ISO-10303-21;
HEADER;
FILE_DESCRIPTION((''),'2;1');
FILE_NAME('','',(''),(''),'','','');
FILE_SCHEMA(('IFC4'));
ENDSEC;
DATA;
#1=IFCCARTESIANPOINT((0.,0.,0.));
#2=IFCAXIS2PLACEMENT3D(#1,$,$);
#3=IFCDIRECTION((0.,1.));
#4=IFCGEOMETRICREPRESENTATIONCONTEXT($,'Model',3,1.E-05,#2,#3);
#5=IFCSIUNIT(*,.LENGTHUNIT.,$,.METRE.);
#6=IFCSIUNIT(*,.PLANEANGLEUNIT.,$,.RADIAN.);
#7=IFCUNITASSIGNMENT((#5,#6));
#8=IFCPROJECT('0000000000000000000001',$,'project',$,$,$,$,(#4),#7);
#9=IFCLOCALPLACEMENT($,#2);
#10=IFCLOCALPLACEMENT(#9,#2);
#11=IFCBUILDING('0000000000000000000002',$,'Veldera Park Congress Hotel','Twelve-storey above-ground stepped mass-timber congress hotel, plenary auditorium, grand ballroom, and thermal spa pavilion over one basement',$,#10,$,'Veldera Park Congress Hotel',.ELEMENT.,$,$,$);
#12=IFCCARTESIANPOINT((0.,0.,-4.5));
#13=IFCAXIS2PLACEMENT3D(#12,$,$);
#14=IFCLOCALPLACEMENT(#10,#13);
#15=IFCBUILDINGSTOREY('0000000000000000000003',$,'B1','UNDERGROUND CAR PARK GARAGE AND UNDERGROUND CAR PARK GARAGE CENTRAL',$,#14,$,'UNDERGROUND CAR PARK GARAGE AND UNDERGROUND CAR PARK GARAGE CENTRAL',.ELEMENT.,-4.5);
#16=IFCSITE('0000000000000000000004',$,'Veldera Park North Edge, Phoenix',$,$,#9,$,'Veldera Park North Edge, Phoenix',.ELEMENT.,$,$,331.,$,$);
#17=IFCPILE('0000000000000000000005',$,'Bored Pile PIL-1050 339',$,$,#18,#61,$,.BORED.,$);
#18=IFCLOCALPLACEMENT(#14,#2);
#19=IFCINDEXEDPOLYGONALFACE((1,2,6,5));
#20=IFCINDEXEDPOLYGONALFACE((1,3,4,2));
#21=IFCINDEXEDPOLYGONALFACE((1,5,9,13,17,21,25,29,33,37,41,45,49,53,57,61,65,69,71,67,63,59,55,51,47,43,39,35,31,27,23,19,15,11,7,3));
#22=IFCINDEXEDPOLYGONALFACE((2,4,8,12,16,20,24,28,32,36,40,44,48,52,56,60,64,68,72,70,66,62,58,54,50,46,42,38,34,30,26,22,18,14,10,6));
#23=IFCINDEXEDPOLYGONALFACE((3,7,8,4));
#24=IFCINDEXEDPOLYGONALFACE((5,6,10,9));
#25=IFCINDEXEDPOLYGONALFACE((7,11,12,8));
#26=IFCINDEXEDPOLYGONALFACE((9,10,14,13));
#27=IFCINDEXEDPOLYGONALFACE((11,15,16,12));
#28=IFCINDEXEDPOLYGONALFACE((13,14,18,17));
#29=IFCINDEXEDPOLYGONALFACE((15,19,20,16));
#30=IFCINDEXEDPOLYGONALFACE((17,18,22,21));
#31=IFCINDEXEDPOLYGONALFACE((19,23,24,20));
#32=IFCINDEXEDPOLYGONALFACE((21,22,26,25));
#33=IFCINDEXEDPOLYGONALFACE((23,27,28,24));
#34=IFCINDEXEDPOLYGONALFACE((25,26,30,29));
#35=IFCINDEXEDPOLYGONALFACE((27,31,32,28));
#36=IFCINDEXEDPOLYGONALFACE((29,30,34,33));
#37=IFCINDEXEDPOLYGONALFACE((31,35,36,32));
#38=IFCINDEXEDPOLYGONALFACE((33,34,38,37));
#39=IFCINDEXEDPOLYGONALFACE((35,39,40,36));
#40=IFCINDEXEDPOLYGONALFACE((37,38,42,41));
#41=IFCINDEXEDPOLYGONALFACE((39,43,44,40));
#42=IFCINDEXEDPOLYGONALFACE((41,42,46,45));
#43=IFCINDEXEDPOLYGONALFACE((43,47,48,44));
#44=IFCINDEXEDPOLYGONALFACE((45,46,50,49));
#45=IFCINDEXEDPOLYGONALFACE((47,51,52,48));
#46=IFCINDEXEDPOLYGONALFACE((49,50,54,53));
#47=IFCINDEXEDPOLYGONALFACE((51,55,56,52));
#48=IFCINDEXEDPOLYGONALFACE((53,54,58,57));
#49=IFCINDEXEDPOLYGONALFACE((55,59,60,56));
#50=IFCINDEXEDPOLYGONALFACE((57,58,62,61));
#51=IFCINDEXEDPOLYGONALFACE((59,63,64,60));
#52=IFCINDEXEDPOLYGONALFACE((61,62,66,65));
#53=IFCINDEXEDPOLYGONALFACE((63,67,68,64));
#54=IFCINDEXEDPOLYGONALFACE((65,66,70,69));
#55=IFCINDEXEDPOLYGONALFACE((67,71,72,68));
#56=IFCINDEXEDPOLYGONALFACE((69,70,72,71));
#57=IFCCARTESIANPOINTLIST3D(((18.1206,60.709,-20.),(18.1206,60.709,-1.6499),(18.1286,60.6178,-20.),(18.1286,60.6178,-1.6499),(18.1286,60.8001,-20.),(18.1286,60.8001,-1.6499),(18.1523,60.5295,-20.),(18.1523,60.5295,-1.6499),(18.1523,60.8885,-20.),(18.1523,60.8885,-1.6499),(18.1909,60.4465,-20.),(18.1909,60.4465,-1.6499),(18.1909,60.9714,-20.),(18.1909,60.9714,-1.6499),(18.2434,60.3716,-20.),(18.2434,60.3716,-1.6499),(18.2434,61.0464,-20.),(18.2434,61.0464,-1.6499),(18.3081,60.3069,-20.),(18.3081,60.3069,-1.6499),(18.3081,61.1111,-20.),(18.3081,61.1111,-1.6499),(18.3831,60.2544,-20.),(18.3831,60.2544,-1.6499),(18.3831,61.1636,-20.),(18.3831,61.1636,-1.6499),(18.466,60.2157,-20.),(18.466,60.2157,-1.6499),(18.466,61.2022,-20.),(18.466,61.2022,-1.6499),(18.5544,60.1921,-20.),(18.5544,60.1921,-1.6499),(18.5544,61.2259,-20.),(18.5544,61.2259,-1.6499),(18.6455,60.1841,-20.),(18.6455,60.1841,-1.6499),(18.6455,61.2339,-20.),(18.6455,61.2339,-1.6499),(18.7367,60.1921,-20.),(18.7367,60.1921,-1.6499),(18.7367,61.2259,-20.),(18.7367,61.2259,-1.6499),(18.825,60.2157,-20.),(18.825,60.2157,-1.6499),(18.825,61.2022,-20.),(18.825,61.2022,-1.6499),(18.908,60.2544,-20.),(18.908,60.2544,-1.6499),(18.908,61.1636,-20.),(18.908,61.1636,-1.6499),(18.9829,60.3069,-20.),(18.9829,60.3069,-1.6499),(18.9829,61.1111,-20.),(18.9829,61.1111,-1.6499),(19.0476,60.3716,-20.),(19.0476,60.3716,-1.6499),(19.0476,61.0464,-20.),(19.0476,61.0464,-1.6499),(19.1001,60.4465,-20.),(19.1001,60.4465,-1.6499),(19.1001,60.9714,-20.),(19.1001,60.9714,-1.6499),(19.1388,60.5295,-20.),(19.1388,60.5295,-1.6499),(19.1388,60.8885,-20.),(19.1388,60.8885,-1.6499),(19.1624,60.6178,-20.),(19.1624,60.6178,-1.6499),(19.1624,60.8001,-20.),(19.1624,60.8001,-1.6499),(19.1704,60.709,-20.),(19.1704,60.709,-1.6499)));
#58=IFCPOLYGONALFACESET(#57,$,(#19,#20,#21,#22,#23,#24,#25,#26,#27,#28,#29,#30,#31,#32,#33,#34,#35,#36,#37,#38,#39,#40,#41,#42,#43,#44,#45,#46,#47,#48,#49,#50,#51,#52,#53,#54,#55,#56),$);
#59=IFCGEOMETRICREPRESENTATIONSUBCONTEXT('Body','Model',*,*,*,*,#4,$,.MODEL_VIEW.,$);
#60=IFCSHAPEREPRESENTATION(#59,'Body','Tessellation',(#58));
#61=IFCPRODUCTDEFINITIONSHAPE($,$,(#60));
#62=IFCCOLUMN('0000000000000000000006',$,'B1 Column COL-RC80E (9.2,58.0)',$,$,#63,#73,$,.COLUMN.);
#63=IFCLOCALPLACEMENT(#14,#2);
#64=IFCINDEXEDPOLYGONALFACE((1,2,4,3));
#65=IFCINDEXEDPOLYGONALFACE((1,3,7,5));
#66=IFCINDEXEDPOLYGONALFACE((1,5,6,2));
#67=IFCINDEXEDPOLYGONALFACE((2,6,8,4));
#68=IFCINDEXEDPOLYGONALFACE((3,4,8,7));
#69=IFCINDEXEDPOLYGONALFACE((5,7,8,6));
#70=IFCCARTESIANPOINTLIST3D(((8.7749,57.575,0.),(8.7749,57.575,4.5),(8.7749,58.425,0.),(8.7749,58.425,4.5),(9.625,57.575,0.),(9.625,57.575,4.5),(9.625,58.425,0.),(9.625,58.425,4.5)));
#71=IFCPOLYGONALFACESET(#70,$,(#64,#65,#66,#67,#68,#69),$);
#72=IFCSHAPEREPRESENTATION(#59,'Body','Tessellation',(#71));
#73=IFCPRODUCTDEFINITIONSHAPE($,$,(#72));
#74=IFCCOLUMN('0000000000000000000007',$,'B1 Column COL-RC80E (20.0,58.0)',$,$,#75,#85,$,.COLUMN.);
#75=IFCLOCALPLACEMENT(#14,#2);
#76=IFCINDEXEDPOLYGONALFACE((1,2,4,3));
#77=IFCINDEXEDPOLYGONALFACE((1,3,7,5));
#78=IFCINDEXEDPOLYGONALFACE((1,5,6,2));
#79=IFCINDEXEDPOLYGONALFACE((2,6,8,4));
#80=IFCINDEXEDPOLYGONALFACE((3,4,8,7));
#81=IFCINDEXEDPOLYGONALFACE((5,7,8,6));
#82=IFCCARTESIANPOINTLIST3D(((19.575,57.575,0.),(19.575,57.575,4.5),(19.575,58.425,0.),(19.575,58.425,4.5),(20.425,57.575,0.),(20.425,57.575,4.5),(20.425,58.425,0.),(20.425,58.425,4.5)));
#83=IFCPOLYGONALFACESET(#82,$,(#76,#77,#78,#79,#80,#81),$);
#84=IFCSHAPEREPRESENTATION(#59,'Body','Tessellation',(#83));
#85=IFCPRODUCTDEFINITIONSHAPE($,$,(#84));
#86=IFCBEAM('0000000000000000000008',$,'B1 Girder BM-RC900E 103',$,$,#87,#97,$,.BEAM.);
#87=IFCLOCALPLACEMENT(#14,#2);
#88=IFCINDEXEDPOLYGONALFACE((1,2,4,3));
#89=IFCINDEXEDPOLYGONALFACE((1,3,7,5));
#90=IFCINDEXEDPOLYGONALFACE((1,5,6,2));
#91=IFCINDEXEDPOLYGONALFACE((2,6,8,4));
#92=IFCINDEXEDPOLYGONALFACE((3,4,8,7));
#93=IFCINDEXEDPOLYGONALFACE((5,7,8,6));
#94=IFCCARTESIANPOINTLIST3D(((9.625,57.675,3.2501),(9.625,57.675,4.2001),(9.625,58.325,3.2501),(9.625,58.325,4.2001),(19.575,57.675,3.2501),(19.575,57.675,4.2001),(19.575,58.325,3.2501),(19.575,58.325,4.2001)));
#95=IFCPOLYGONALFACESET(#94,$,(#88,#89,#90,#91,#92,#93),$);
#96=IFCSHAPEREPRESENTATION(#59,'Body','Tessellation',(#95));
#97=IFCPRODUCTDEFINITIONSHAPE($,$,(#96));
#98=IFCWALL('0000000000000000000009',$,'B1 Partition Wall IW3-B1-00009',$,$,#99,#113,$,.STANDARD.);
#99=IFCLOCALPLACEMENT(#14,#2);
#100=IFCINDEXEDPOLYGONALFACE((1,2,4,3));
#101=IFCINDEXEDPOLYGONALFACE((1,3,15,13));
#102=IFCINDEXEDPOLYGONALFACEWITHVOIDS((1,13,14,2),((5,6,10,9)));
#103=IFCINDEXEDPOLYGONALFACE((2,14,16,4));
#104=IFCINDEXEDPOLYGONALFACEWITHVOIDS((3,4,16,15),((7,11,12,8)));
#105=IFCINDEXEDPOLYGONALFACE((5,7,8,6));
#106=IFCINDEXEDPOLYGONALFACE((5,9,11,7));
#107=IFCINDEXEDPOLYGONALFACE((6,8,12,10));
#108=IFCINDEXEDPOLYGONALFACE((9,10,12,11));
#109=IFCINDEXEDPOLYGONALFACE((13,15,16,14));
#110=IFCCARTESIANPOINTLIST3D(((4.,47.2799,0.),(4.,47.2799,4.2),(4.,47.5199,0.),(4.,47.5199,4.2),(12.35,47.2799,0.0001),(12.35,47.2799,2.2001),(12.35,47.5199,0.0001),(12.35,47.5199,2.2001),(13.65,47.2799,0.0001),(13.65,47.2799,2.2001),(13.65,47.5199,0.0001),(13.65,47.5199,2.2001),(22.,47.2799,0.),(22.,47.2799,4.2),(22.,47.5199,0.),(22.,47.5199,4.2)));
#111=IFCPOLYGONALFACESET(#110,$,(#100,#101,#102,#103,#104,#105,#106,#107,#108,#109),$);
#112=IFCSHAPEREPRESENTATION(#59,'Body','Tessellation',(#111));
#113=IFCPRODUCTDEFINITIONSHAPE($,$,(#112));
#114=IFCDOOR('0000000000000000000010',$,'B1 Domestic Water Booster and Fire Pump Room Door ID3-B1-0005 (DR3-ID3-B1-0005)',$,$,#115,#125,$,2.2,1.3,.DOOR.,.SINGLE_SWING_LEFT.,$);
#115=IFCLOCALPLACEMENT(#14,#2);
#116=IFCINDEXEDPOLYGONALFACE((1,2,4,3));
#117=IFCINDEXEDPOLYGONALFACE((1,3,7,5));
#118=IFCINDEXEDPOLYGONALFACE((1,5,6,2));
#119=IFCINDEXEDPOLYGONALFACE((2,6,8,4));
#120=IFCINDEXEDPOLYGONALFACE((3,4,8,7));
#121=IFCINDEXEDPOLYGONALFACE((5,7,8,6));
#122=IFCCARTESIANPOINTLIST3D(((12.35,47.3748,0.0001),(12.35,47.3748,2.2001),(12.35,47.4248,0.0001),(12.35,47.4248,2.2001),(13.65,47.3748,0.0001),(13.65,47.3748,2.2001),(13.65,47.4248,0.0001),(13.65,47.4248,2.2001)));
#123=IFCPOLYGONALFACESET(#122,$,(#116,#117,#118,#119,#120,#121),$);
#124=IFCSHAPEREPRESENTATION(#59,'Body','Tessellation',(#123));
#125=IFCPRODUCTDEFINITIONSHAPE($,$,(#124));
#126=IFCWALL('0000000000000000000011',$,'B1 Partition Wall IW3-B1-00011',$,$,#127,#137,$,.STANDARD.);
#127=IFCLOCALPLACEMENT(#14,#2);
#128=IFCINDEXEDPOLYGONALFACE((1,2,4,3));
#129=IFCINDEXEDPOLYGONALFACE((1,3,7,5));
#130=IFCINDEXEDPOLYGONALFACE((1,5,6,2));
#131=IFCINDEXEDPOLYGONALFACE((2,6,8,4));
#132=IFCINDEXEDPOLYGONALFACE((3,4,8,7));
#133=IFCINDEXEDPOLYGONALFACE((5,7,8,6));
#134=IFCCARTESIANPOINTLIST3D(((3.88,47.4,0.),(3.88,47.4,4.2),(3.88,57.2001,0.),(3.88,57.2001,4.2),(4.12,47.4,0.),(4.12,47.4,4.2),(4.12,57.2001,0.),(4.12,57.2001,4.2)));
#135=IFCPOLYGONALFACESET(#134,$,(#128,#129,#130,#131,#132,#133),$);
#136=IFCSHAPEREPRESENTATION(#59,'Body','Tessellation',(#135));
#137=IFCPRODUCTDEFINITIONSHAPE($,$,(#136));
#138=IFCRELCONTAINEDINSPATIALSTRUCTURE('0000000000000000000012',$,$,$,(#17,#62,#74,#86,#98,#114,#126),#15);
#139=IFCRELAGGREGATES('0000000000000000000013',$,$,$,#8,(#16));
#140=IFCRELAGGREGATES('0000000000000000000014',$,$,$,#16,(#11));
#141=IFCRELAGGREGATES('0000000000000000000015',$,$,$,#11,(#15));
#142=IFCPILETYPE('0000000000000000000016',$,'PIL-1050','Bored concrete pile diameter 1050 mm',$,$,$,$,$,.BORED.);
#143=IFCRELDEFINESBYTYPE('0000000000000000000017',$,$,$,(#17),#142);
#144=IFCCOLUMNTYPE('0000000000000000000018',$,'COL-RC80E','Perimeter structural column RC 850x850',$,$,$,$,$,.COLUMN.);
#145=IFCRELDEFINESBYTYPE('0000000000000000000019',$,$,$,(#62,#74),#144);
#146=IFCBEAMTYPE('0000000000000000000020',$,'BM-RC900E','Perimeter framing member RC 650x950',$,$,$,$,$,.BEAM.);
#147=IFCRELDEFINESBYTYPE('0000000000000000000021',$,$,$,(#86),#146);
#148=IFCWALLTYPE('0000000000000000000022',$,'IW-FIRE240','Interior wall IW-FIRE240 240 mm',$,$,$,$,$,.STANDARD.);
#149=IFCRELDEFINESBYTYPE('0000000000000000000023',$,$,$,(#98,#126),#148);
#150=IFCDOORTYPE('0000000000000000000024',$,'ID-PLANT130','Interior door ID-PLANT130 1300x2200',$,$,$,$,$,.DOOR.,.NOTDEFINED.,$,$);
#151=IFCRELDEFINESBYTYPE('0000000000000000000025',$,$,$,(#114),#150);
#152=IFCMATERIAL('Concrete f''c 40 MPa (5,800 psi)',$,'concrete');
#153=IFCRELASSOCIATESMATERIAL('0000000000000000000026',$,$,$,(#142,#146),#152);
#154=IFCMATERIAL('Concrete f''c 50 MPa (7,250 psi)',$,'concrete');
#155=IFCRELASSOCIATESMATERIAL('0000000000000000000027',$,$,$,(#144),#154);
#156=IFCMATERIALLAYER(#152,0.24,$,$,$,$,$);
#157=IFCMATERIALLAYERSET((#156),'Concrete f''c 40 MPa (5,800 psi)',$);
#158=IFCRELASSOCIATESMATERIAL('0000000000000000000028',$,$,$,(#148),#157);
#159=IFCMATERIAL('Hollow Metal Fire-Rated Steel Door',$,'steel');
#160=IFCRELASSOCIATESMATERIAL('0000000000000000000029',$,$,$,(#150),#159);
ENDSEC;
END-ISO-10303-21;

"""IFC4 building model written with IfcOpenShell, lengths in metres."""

from ifc_helpers import new_model, si_unit, direction, frame, frame_2d, origin, origin_2d, place, context, subcontext, project, spatial, rectangle, circle, extrude, material, layer, layer_set, material_profile, profile_set, type_object, element, fill, save


model = new_model("IFC4")

# Units and contexts
model_context = context("Model", 3, precision=1e-05, world=origin(), true_north=direction((0.0, 1.0)))
body_context = subcontext(model_context, "Body", "Model", "MODEL_VIEW")
ifc_project = project(units=[si_unit("LENGTHUNIT", "METRE"), si_unit("PLANEANGLEUNIT", "RADIAN")], contexts=[model_context])

# Site, building, storey
site_placement = place(None, origin())
site = spatial("IfcSite", under=ifc_project, at=site_placement, Name="Veldera Park North Edge, Phoenix", LongName="Veldera Park North Edge, Phoenix", CompositionType="ELEMENT", RefElevation=331.0)
building_placement = place(site_placement, origin())
building = spatial("IfcBuilding", under=site, at=building_placement, Name="Veldera Park Congress Hotel", Description="Twelve-storey above-ground stepped mass-timber congress hotel, plenary auditorium, grand ballroom, and thermal spa pavilion over one basement", LongName="Veldera Park Congress Hotel", CompositionType="ELEMENT")
storey_placement = place(building_placement, frame((0.0, 0.0, -4.5)))
storey = spatial("IfcBuildingStorey", under=building, at=storey_placement, Name="B1", Description="UNDERGROUND CAR PARK GARAGE AND UNDERGROUND CAR PARK GARAGE CENTRAL", LongName="UNDERGROUND CAR PARK GARAGE AND UNDERGROUND CAR PARK GARAGE CENTRAL", CompositionType="ELEMENT", Elevation=-4.5)

# Shared definitions
ifc_material_1 = material(Name="Concrete f'c 40 MPa (5,800 psi)", Category="concrete")

# Pile
ifc_material_profile_1 = material_profile(ifc_material_1, circle(Radius=0.5249, at=origin_2d()), Name="PILE D1050")
ifc_profile_set_1 = profile_set([ifc_material_profile_1], Name="Concrete f'c 40 MPa (5,800 psi)")
pile_type = type_object("IfcPileType", Name="PIL-1050", Description="Bored concrete pile diameter 1050 mm", PredefinedType="BORED", material=ifc_profile_set_1)
for number, where, z_axis, x_axis, name in (
    (1, (18.6455, 60.709, -1.6499), (0.0, 0.0, -1.0), (1.0, 0.0, 0.0), "Bored Pile PIL-1050 339"),
):
    element("IfcPile", number, at=place(storey_placement, frame(where, z_axis=z_axis, x_axis=x_axis)), inside=storey, type_object=pile_type, Name=name, PredefinedType="BORED", context=body_context, shape_type="SweptSolid", body=[
        extrude(circle(Radius=0.5249, at=origin_2d()), origin(), (0.0, 0.0, 1.0), 18.3501),
    ])

# Columns
ifc_material_2 = material(Name="Concrete f'c 50 MPa (7,250 psi)", Category="concrete")
ifc_material_profile_2 = material_profile(ifc_material_2, rectangle(XDim=0.8501, YDim=0.8501, at=origin_2d()), Name="RC 850x850")
ifc_profile_set_2 = profile_set([ifc_material_profile_2], Name="Concrete f'c 50 MPa (7,250 psi)")
column_type = type_object("IfcColumnType", Name="COL-RC80E", Description="Perimeter structural column RC 850x850", PredefinedType="COLUMN", material=ifc_profile_set_2)
for number, where, z_axis, x_axis, name in (
    (2, (9.2, 58.0, 0.0), (0.0, 0.0, 1.0), (1.0, 0.0, 0.0), "B1 Column COL-RC80E (9.2,58.0)"),
    (3, (20.0, 58.0, 0.0), (0.0, 0.0, 1.0), (1.0, 0.0, 0.0), "B1 Column COL-RC80E (20.0,58.0)"),
):
    element("IfcColumn", number, at=place(storey_placement, frame(where, z_axis=z_axis, x_axis=x_axis)), inside=storey, type_object=column_type, Name=name, PredefinedType="COLUMN", context=body_context, shape_type="SweptSolid", body=[
        extrude(rectangle(XDim=0.8501, YDim=0.8501, at=origin_2d()), origin(), (0.0, 0.0, 1.0), 4.5),
    ])

# Beam
ifc_material_profile_3 = material_profile(ifc_material_1, rectangle(XDim=0.6499, YDim=0.95, at=origin_2d()), Name="RC 650x950")
ifc_profile_set_3 = profile_set([ifc_material_profile_3], Name="Concrete f'c 40 MPa (5,800 psi)")
beam_type = type_object("IfcBeamType", Name="BM-RC900E", Description="Perimeter framing member RC 650x950", PredefinedType="BEAM", material=ifc_profile_set_3)
beam_placement = place(storey_placement, frame((9.625, 58.0, 3.7251), z_axis=(1.0, 0.0, 0.0), x_axis=(0.0, 1.0, 0.0)))
element("IfcBeam", 4, at=beam_placement, inside=storey, type_object=beam_type, Name="B1 Girder BM-RC900E 103", PredefinedType="BEAM", context=body_context, shape_type="SweptSolid", body=[
    extrude(rectangle(XDim=0.6499, YDim=0.95, at=origin_2d()), origin(), (0.0, 0.0, 1.0), 9.95),
])

# Wall, opening, door
ifc_layer = layer(ifc_material_1, 0.24)
ifc_layer_set = layer_set([ifc_layer], Name="Concrete f'c 40 MPa (5,800 psi)")
wall_type = type_object("IfcWallType", Name="IW-FIRE240", Description="Interior wall IW-FIRE240 240 mm", PredefinedType="STANDARD", material=ifc_layer_set)
wall_1_placement = place(storey_placement, frame((4.0, 47.3999, 0.0), z_axis=(0.0, 0.0, 1.0), x_axis=(1.0, 0.0, 0.0)))
wall_1 = element("IfcWall", 5, at=wall_1_placement, inside=storey, type_object=wall_type, Name="B1 Partition Wall IW3-B1-00009", PredefinedType="STANDARD", context=body_context, shape_type="SweptSolid", body=[
    extrude(rectangle(XDim=18.0, YDim=0.24, at=frame_2d((9.0, 0.0))), origin(), (0.0, 0.0, 1.0), 4.2),
])
opening_placement = place(wall_1_placement, frame((8.3501, 0.0, 0.0)))
opening = element("IfcOpeningElement", 6, at=opening_placement, cuts=wall_1, PredefinedType="OPENING", context=body_context, shape_type="SweptSolid", body=[
    extrude(rectangle(XDim=1.3, YDim=2.2, at=frame_2d((0.6499, 1.1001))), frame((0.0, 0.1321, 0.0), z_axis=(0.0, -1.0, 0.0), x_axis=(1.0, 0.0, 0.0)), (0.0, 0.0, 1.0), 0.2639),
])
ifc_material_3 = material(Name="Hollow Metal Fire-Rated Steel Door", Category="steel")
door_type = type_object("IfcDoorType", Name="ID-PLANT130", Description="Interior door ID-PLANT130 1300x2200", OperationType="NOTDEFINED", PredefinedType="DOOR", material=ifc_material_3)
door_placement = place(opening_placement, origin())
door = element("IfcDoor", 7, at=door_placement, inside=storey, type_object=door_type, Name="B1 Domestic Water Booster and Fire Pump Room Door ID3-B1-0005 (DR3-ID3-B1-0005)", OperationType="SINGLE_SWING_LEFT", OverallHeight=2.2, OverallWidth=1.3, PredefinedType="DOOR", context=body_context, shape_type="SweptSolid", body=[
    extrude(rectangle(XDim=1.3, YDim=2.2, at=frame_2d((0.6499, 1.1001))), frame((0.0, 0.0249, 0.0), z_axis=(0.0, -1.0, 0.0), x_axis=(1.0, 0.0, 0.0)), (0.0, 0.0, 1.0), 0.05),
])
fill(opening, door)

# Wall
wall_2_placement = place(storey_placement, frame((4.0, 57.2, 0.0), z_axis=(0.0, 0.0, 1.0), x_axis=(0.0, -1.0, 0.0)))
element("IfcWall", 8, at=wall_2_placement, inside=storey, type_object=wall_type, Name="B1 Partition Wall IW3-B1-00011", PredefinedType="STANDARD", context=body_context, shape_type="SweptSolid", body=[
    extrude(rectangle(XDim=9.8, YDim=0.24, at=frame_2d((4.8999, 0.0))), origin(), (0.0, 0.0, 1.0), 4.2),
])

save(model, "model.ifc")
